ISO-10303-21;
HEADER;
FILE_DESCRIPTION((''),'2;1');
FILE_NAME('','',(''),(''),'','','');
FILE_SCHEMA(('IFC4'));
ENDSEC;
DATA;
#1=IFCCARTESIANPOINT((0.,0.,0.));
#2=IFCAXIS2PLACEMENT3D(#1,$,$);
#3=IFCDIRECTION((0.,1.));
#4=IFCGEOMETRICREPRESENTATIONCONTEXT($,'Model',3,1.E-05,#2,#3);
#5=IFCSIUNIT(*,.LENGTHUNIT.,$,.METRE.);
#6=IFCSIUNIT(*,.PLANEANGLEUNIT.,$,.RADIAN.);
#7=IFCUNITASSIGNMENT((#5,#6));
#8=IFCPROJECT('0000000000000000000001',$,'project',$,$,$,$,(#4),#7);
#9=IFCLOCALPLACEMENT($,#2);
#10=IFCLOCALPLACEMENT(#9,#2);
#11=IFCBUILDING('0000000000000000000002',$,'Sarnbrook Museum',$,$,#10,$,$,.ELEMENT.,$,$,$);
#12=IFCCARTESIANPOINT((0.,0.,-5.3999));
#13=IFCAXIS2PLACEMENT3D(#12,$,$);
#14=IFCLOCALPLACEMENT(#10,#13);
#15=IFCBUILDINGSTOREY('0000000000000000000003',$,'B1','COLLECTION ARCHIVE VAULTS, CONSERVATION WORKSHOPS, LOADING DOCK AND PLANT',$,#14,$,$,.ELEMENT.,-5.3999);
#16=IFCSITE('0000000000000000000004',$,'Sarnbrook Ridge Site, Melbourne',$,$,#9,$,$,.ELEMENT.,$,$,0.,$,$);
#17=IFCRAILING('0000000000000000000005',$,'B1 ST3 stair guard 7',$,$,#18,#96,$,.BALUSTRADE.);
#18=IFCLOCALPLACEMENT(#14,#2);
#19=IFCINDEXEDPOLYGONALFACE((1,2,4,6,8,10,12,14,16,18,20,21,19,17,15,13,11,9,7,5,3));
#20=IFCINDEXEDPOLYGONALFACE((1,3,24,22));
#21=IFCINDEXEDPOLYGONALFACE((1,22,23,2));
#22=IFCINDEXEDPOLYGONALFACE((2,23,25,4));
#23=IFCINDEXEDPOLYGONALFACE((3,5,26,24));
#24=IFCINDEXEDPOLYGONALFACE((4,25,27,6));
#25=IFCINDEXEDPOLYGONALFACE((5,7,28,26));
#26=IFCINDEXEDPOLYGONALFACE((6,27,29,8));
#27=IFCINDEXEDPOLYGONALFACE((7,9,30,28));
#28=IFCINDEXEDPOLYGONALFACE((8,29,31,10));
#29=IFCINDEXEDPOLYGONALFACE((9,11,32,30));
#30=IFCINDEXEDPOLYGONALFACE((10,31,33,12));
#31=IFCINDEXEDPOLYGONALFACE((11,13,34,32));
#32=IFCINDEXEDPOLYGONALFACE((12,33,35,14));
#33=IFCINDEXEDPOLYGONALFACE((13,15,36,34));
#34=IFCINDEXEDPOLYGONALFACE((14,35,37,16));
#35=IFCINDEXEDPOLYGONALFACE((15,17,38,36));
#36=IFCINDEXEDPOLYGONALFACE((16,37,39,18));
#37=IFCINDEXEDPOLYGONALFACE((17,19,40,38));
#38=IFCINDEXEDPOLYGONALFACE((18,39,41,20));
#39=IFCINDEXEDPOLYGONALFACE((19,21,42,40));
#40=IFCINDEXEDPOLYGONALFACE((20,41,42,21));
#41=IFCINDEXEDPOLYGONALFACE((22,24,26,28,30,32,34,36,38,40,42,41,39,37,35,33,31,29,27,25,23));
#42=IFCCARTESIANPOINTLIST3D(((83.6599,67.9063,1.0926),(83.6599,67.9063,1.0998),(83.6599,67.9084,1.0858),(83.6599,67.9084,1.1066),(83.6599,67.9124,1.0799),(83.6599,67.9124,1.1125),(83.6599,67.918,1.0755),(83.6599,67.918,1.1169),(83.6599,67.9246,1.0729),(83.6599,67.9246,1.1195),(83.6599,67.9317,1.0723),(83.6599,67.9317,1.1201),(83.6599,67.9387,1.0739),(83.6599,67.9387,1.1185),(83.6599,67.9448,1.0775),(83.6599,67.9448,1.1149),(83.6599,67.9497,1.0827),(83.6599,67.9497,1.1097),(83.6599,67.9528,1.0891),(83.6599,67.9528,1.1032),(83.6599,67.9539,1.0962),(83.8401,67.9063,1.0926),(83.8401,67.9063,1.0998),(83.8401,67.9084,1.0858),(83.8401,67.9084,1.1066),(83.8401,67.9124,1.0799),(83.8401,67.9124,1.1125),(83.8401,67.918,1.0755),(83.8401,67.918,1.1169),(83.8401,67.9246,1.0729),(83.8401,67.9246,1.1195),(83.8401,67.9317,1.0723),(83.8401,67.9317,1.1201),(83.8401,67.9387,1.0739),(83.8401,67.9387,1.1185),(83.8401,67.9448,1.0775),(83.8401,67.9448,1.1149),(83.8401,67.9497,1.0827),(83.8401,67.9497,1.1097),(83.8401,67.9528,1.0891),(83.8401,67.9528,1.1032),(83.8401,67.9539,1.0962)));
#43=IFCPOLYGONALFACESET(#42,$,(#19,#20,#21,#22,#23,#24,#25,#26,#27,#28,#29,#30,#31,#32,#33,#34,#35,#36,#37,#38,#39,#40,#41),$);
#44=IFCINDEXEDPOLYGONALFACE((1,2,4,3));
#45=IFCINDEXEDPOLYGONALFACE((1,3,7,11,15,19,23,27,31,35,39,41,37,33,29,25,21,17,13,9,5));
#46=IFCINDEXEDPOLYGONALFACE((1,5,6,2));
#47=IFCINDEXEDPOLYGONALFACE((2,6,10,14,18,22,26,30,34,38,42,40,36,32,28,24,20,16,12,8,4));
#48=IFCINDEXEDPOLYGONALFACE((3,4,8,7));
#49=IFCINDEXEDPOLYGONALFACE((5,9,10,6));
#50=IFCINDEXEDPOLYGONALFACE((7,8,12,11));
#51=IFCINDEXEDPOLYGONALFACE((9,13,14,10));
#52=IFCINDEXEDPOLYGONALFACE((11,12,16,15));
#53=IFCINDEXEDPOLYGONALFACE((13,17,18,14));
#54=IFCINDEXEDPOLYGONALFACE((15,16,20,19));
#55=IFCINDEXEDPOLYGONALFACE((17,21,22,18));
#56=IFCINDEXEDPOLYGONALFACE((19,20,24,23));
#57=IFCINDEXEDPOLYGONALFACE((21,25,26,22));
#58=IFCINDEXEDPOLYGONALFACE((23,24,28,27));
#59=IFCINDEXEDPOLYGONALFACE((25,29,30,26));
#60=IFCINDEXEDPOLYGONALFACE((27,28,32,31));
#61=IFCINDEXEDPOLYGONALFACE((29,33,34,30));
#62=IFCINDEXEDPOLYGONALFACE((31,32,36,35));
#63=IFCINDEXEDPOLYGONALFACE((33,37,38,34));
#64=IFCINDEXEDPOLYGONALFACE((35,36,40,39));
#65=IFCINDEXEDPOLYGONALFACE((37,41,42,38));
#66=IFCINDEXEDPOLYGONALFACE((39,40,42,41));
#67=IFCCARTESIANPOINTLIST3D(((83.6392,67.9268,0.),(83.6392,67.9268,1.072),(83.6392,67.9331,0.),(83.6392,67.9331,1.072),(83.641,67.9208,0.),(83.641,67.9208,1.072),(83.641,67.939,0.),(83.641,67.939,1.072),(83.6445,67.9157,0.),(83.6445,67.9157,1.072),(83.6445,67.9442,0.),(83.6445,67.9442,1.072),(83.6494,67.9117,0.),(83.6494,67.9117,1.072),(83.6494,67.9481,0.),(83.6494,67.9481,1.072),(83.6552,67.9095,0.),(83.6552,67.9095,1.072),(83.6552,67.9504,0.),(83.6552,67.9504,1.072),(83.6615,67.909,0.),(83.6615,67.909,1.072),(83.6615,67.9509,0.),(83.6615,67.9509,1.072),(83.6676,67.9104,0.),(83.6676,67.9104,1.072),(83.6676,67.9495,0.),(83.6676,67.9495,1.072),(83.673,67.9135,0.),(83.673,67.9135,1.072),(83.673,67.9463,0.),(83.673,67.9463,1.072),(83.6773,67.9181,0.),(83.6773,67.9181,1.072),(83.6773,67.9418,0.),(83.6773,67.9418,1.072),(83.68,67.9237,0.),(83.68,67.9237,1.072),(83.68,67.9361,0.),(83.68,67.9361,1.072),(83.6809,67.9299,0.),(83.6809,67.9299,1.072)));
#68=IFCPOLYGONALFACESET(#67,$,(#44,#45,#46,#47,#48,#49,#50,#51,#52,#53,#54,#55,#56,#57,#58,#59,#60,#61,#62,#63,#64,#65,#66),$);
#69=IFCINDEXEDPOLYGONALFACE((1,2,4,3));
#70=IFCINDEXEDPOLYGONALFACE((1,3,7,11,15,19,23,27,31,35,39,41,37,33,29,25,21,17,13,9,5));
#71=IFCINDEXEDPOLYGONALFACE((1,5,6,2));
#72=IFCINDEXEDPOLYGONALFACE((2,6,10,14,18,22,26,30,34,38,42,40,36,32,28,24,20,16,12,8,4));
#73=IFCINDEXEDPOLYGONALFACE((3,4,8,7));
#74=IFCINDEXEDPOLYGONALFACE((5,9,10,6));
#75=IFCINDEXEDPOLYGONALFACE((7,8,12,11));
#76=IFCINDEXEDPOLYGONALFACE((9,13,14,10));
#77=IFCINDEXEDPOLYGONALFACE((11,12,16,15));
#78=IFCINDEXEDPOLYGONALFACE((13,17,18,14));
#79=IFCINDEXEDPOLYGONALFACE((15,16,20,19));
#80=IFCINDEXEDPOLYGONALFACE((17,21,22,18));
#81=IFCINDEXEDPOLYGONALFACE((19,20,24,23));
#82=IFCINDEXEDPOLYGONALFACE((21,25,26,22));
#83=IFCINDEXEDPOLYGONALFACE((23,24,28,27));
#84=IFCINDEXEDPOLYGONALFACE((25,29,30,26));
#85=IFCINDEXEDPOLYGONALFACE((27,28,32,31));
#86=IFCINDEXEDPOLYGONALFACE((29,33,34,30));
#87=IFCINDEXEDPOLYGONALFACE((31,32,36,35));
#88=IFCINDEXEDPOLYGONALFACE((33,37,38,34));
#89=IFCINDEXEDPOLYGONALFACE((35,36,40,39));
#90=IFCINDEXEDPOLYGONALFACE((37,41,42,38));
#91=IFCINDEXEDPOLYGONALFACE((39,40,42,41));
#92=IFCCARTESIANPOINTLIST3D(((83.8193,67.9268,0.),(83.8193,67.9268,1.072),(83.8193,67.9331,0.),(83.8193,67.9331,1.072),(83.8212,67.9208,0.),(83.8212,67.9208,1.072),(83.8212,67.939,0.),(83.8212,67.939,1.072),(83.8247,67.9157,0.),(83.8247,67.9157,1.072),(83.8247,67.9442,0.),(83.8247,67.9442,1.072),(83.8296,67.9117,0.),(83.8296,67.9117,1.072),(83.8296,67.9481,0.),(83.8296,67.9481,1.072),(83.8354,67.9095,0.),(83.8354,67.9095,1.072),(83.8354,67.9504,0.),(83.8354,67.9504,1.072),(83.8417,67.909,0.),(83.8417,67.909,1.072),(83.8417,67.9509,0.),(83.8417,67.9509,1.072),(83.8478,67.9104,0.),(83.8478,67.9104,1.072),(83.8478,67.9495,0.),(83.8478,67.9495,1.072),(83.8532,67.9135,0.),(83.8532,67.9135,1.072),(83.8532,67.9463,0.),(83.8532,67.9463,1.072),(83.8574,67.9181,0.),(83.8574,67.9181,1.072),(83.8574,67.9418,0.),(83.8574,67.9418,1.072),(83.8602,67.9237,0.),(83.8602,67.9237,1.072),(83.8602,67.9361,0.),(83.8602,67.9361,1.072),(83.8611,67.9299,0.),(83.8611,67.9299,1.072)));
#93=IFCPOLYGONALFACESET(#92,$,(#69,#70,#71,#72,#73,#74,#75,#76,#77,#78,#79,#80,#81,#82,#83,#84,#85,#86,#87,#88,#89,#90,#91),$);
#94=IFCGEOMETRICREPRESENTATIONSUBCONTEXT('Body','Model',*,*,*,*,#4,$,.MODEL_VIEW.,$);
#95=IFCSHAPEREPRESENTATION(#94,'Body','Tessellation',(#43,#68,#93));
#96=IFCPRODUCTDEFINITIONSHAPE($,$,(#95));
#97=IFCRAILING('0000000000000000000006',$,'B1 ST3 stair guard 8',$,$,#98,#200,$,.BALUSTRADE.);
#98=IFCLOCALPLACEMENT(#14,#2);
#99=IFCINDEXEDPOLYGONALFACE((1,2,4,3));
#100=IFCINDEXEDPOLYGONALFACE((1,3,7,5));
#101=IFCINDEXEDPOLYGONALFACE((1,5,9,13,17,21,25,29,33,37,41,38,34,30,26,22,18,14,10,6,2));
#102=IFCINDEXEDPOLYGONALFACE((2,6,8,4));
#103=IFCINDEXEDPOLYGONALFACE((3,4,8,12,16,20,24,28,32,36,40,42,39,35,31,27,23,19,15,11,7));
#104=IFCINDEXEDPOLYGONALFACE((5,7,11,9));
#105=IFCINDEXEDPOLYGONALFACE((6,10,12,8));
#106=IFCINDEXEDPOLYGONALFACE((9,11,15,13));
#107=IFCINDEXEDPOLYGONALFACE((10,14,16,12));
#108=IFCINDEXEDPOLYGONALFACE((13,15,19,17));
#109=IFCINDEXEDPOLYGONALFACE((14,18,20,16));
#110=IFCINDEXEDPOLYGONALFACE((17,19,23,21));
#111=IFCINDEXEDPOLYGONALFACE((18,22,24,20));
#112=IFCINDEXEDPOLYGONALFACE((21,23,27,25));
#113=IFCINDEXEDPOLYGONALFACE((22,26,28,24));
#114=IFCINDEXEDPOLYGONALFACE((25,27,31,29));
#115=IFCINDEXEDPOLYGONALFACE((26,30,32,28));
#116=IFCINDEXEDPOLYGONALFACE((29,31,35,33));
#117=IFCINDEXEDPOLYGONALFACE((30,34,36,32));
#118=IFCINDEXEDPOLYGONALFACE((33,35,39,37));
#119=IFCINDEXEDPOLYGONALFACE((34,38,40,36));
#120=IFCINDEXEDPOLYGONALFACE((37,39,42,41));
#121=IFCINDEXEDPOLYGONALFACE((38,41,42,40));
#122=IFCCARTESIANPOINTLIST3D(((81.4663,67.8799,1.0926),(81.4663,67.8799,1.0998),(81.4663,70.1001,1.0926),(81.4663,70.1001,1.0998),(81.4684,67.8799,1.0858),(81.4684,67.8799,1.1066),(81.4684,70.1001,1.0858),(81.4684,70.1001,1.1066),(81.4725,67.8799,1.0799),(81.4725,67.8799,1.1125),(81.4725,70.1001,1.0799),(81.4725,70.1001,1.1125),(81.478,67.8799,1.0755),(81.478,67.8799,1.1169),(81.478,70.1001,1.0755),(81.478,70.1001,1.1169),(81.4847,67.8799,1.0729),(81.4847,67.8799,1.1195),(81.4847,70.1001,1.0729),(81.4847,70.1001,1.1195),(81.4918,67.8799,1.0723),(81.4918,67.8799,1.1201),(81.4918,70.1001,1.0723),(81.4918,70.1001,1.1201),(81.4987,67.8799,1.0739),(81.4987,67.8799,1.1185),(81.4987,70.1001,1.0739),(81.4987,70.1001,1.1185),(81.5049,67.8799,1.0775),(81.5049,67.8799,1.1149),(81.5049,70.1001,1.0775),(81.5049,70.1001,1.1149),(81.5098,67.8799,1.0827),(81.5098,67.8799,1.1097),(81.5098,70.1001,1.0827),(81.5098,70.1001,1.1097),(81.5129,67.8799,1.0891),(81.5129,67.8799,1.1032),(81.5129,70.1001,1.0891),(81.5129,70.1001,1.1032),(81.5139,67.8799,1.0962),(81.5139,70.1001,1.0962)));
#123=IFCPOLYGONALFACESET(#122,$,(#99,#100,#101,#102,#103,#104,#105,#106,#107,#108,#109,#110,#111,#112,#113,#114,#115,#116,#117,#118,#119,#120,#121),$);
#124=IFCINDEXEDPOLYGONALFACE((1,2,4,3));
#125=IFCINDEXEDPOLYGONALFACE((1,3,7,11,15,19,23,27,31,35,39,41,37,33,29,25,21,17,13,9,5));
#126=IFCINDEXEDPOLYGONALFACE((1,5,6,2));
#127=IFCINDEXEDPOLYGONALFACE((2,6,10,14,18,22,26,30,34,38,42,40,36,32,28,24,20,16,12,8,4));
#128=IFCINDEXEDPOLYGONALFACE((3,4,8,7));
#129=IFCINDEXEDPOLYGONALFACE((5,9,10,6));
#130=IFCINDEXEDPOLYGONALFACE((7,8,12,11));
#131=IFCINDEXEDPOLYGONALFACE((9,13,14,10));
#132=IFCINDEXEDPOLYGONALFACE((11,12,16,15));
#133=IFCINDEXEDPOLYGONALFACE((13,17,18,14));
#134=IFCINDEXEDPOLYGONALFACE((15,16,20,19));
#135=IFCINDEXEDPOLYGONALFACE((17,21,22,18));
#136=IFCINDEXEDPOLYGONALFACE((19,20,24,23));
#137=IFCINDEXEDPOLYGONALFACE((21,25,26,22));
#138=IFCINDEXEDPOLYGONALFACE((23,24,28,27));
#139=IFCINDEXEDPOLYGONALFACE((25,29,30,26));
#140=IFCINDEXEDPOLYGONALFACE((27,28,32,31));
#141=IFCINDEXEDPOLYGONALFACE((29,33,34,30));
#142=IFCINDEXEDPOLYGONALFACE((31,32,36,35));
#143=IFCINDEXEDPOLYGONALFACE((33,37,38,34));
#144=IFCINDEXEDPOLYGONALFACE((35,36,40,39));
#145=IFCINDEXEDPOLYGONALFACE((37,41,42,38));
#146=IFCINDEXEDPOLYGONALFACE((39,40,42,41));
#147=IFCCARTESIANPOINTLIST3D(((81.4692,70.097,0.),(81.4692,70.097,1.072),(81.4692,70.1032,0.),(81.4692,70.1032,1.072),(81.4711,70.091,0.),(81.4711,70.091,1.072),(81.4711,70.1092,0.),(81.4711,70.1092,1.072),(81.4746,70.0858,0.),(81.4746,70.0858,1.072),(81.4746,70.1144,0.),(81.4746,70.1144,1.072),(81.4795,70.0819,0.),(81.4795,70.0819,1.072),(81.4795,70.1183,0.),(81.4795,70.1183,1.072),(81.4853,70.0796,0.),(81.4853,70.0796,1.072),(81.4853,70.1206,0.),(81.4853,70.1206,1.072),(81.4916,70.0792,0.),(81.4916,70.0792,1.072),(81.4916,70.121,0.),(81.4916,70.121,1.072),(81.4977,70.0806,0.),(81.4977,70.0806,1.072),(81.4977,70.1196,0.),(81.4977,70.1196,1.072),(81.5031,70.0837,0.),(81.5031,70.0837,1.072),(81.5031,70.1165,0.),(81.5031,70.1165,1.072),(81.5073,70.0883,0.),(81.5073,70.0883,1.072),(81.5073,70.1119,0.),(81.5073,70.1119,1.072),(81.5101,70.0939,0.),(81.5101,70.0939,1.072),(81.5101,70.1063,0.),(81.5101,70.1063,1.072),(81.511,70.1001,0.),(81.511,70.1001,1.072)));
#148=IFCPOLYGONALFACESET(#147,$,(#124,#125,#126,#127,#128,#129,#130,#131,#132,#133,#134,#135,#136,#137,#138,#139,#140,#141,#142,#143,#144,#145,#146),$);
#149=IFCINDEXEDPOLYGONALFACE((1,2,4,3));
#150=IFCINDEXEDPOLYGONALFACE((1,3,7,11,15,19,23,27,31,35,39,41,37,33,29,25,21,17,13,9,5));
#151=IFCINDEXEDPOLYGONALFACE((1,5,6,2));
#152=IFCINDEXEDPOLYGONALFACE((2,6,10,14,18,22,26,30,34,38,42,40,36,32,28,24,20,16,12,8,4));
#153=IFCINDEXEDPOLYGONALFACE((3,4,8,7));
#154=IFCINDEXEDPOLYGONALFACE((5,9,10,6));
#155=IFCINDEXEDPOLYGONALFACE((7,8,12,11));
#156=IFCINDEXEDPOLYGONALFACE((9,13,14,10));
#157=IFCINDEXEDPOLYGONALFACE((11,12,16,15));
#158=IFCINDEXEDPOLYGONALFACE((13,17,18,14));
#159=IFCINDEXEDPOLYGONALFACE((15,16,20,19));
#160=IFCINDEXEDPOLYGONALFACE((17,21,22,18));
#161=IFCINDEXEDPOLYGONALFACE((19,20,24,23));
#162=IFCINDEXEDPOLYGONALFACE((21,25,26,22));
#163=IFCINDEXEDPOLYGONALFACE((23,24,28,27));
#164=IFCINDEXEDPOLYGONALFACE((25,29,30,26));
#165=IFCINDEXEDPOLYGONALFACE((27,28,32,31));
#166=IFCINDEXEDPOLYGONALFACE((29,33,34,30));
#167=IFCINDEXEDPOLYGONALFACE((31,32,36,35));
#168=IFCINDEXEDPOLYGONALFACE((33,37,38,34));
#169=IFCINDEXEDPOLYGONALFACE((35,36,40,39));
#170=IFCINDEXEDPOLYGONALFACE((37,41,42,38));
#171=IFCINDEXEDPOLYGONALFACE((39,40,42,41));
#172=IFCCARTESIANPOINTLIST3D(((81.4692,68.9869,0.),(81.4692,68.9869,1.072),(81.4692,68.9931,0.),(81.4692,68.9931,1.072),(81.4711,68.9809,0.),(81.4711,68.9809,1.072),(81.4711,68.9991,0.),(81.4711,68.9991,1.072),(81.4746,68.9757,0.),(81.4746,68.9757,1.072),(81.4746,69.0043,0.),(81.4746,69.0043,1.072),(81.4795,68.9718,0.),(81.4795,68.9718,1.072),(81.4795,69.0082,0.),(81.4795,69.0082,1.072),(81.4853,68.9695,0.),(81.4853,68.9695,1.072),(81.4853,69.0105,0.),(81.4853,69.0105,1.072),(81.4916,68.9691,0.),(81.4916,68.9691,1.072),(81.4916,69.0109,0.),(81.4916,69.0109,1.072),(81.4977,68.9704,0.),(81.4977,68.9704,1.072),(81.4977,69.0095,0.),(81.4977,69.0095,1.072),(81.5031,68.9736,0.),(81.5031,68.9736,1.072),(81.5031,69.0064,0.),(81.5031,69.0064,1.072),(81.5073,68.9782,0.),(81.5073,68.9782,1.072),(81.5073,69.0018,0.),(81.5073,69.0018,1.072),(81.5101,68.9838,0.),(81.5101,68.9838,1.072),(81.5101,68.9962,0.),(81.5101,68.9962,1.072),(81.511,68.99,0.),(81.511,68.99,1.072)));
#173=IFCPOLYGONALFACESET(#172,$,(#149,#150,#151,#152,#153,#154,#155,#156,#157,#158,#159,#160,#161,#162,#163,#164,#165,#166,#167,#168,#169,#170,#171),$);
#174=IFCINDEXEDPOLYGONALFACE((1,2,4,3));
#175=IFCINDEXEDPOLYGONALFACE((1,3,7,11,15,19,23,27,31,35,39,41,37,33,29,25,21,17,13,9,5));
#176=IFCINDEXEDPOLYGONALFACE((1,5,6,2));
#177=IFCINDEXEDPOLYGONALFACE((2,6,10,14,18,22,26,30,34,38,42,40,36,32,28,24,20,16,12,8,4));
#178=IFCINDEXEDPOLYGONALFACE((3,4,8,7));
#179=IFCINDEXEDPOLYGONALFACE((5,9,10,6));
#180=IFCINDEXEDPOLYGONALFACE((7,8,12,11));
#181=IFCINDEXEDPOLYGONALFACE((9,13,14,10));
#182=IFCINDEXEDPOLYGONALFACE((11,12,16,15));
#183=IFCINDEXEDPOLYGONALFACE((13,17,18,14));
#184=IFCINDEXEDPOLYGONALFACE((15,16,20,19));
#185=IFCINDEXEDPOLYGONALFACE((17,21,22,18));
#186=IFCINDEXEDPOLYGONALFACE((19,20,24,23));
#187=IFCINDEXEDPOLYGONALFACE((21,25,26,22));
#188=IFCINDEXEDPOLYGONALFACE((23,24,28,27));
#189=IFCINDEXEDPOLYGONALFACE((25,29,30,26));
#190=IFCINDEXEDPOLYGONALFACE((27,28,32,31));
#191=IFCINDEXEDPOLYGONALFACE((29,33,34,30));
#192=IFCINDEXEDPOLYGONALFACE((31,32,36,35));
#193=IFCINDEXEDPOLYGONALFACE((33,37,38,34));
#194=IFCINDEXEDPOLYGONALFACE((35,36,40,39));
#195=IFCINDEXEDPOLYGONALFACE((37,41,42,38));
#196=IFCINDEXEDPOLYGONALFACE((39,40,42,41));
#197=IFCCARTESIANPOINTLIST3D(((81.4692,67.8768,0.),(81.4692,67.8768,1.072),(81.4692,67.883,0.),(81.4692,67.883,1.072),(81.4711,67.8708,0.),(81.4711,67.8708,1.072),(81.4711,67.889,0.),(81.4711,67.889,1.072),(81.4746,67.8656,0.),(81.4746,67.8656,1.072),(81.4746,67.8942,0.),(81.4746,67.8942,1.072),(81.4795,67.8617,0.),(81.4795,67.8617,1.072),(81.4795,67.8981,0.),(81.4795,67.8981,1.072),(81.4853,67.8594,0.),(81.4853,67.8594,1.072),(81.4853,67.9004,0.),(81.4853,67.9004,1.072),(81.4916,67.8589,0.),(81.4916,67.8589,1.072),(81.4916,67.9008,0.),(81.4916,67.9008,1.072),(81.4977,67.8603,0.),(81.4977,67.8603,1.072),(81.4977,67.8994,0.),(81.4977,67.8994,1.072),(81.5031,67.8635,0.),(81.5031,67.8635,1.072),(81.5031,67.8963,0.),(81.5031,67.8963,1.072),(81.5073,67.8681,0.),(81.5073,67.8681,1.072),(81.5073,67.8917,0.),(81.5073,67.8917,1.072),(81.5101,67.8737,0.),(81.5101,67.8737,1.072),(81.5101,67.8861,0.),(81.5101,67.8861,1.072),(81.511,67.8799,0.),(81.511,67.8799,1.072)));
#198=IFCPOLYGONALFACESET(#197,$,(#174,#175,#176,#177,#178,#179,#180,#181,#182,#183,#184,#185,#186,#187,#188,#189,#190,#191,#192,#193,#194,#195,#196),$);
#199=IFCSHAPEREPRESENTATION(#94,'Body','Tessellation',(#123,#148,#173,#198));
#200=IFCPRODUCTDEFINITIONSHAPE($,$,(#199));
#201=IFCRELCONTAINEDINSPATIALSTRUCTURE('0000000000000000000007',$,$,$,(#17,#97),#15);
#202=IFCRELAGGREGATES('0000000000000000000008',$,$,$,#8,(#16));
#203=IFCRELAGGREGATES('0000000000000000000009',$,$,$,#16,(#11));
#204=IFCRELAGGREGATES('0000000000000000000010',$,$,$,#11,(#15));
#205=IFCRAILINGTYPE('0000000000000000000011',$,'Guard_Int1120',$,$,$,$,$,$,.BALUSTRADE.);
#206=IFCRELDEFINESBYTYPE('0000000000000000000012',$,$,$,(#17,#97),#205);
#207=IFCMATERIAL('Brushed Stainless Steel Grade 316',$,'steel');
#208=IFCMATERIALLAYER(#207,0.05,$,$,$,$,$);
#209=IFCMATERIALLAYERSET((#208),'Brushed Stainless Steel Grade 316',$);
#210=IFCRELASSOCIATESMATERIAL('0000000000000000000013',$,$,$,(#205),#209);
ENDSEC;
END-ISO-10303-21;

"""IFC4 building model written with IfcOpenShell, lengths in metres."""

from ifc_helpers import new_model, si_unit, direction, frame, origin, origin_2d, place, context, subcontext, project, spatial, circle, extrude, material, layer, layer_set, type_object, element, save


model = new_model("IFC4")

# Units and contexts
model_context = context("Model", 3, precision=1e-05, world=origin(), true_north=direction((0.0, 1.0)))
body_context = subcontext(model_context, "Body", "Model", "MODEL_VIEW")
ifc_project = project(units=[si_unit("LENGTHUNIT", "METRE"), si_unit("PLANEANGLEUNIT", "RADIAN")], contexts=[model_context])

# Site, building, storey
site_placement = place(None, origin())
site = spatial("IfcSite", under=ifc_project, at=site_placement, Name="Sarnbrook Ridge Site, Melbourne", CompositionType="ELEMENT", RefElevation=0.0)
building_placement = place(site_placement, origin())
building = spatial("IfcBuilding", under=site, at=building_placement, Name="Sarnbrook Museum", CompositionType="ELEMENT")
storey_placement = place(building_placement, frame((0.0, 0.0, -5.3999)))
storey = spatial("IfcBuildingStorey", under=building, at=storey_placement, Name="B1", Description="COLLECTION ARCHIVE VAULTS, CONSERVATION WORKSHOPS, LOADING DOCK AND PLANT", CompositionType="ELEMENT", Elevation=-5.3999)

# Shared definitions
ifc_material_1 = material(Name="Brushed Stainless Steel Grade 316", Category="steel")

# Railings
ifc_layer_1 = layer(ifc_material_1, 0.05)
ifc_layer_set_1 = layer_set([ifc_layer_1], Name="Brushed Stainless Steel Grade 316")
railing_type = type_object("IfcRailingType", Name="Guard_Int1120", PredefinedType="BALUSTRADE", material=ifc_layer_set_1)
railing_placement = place(storey_placement, frame((83.6599, 67.9299, 0.0)))
element("IfcRailing", 1, at=railing_placement, inside=storey, type_object=railing_type, Name="B1 ST3 stair guard 7", PredefinedType="BALUSTRADE", context=body_context, shape_type="SweptSolid", body=[
    extrude(circle(Radius=0.0239, at=origin_2d()), frame((0.0, 0.0, 1.0962), z_axis=(1.0, 0.0, 0.0), x_axis=(0.0, 1.0, 0.0)), (0.0, 0.0, 1.0), 0.1802),
    extrude(circle(Radius=0.021, at=origin_2d()), origin(), (0.0, 0.0, 1.0), 1.072),
    extrude(circle(Radius=0.021, at=origin_2d()), frame((0.1802, 0.0, 0.0)), (0.0, 0.0, 1.0), 1.072),
])
for number, where, name in (
    (2, (81.49, 70.1001, 0.0), "B1 ST3 stair guard 8"),
):
    element("IfcRailing", number, at=place(storey_placement, frame(where)), inside=storey, type_object=railing_type, Name=name, PredefinedType="BALUSTRADE", context=body_context, shape_type="SweptSolid", body=[
        extrude(circle(Radius=0.0239, at=origin_2d()), frame((0.0, 0.0, 1.0962), z_axis=(0.0, -1.0, 0.0), x_axis=(1.0, 0.0, 0.0)), (0.0, 0.0, 1.0), 2.2202),
        extrude(circle(Radius=0.021, at=origin_2d()), origin(), (0.0, 0.0, 1.0), 1.072),
        extrude(circle(Radius=0.021, at=origin_2d()), frame((0.0, -1.1101, 0.0)), (0.0, 0.0, 1.0), 1.072),
        extrude(circle(Radius=0.021, at=origin_2d()), frame((0.0, -2.2202, 0.0)), (0.0, 0.0, 1.0), 1.072),
    ])

save(model, "model.ifc")
